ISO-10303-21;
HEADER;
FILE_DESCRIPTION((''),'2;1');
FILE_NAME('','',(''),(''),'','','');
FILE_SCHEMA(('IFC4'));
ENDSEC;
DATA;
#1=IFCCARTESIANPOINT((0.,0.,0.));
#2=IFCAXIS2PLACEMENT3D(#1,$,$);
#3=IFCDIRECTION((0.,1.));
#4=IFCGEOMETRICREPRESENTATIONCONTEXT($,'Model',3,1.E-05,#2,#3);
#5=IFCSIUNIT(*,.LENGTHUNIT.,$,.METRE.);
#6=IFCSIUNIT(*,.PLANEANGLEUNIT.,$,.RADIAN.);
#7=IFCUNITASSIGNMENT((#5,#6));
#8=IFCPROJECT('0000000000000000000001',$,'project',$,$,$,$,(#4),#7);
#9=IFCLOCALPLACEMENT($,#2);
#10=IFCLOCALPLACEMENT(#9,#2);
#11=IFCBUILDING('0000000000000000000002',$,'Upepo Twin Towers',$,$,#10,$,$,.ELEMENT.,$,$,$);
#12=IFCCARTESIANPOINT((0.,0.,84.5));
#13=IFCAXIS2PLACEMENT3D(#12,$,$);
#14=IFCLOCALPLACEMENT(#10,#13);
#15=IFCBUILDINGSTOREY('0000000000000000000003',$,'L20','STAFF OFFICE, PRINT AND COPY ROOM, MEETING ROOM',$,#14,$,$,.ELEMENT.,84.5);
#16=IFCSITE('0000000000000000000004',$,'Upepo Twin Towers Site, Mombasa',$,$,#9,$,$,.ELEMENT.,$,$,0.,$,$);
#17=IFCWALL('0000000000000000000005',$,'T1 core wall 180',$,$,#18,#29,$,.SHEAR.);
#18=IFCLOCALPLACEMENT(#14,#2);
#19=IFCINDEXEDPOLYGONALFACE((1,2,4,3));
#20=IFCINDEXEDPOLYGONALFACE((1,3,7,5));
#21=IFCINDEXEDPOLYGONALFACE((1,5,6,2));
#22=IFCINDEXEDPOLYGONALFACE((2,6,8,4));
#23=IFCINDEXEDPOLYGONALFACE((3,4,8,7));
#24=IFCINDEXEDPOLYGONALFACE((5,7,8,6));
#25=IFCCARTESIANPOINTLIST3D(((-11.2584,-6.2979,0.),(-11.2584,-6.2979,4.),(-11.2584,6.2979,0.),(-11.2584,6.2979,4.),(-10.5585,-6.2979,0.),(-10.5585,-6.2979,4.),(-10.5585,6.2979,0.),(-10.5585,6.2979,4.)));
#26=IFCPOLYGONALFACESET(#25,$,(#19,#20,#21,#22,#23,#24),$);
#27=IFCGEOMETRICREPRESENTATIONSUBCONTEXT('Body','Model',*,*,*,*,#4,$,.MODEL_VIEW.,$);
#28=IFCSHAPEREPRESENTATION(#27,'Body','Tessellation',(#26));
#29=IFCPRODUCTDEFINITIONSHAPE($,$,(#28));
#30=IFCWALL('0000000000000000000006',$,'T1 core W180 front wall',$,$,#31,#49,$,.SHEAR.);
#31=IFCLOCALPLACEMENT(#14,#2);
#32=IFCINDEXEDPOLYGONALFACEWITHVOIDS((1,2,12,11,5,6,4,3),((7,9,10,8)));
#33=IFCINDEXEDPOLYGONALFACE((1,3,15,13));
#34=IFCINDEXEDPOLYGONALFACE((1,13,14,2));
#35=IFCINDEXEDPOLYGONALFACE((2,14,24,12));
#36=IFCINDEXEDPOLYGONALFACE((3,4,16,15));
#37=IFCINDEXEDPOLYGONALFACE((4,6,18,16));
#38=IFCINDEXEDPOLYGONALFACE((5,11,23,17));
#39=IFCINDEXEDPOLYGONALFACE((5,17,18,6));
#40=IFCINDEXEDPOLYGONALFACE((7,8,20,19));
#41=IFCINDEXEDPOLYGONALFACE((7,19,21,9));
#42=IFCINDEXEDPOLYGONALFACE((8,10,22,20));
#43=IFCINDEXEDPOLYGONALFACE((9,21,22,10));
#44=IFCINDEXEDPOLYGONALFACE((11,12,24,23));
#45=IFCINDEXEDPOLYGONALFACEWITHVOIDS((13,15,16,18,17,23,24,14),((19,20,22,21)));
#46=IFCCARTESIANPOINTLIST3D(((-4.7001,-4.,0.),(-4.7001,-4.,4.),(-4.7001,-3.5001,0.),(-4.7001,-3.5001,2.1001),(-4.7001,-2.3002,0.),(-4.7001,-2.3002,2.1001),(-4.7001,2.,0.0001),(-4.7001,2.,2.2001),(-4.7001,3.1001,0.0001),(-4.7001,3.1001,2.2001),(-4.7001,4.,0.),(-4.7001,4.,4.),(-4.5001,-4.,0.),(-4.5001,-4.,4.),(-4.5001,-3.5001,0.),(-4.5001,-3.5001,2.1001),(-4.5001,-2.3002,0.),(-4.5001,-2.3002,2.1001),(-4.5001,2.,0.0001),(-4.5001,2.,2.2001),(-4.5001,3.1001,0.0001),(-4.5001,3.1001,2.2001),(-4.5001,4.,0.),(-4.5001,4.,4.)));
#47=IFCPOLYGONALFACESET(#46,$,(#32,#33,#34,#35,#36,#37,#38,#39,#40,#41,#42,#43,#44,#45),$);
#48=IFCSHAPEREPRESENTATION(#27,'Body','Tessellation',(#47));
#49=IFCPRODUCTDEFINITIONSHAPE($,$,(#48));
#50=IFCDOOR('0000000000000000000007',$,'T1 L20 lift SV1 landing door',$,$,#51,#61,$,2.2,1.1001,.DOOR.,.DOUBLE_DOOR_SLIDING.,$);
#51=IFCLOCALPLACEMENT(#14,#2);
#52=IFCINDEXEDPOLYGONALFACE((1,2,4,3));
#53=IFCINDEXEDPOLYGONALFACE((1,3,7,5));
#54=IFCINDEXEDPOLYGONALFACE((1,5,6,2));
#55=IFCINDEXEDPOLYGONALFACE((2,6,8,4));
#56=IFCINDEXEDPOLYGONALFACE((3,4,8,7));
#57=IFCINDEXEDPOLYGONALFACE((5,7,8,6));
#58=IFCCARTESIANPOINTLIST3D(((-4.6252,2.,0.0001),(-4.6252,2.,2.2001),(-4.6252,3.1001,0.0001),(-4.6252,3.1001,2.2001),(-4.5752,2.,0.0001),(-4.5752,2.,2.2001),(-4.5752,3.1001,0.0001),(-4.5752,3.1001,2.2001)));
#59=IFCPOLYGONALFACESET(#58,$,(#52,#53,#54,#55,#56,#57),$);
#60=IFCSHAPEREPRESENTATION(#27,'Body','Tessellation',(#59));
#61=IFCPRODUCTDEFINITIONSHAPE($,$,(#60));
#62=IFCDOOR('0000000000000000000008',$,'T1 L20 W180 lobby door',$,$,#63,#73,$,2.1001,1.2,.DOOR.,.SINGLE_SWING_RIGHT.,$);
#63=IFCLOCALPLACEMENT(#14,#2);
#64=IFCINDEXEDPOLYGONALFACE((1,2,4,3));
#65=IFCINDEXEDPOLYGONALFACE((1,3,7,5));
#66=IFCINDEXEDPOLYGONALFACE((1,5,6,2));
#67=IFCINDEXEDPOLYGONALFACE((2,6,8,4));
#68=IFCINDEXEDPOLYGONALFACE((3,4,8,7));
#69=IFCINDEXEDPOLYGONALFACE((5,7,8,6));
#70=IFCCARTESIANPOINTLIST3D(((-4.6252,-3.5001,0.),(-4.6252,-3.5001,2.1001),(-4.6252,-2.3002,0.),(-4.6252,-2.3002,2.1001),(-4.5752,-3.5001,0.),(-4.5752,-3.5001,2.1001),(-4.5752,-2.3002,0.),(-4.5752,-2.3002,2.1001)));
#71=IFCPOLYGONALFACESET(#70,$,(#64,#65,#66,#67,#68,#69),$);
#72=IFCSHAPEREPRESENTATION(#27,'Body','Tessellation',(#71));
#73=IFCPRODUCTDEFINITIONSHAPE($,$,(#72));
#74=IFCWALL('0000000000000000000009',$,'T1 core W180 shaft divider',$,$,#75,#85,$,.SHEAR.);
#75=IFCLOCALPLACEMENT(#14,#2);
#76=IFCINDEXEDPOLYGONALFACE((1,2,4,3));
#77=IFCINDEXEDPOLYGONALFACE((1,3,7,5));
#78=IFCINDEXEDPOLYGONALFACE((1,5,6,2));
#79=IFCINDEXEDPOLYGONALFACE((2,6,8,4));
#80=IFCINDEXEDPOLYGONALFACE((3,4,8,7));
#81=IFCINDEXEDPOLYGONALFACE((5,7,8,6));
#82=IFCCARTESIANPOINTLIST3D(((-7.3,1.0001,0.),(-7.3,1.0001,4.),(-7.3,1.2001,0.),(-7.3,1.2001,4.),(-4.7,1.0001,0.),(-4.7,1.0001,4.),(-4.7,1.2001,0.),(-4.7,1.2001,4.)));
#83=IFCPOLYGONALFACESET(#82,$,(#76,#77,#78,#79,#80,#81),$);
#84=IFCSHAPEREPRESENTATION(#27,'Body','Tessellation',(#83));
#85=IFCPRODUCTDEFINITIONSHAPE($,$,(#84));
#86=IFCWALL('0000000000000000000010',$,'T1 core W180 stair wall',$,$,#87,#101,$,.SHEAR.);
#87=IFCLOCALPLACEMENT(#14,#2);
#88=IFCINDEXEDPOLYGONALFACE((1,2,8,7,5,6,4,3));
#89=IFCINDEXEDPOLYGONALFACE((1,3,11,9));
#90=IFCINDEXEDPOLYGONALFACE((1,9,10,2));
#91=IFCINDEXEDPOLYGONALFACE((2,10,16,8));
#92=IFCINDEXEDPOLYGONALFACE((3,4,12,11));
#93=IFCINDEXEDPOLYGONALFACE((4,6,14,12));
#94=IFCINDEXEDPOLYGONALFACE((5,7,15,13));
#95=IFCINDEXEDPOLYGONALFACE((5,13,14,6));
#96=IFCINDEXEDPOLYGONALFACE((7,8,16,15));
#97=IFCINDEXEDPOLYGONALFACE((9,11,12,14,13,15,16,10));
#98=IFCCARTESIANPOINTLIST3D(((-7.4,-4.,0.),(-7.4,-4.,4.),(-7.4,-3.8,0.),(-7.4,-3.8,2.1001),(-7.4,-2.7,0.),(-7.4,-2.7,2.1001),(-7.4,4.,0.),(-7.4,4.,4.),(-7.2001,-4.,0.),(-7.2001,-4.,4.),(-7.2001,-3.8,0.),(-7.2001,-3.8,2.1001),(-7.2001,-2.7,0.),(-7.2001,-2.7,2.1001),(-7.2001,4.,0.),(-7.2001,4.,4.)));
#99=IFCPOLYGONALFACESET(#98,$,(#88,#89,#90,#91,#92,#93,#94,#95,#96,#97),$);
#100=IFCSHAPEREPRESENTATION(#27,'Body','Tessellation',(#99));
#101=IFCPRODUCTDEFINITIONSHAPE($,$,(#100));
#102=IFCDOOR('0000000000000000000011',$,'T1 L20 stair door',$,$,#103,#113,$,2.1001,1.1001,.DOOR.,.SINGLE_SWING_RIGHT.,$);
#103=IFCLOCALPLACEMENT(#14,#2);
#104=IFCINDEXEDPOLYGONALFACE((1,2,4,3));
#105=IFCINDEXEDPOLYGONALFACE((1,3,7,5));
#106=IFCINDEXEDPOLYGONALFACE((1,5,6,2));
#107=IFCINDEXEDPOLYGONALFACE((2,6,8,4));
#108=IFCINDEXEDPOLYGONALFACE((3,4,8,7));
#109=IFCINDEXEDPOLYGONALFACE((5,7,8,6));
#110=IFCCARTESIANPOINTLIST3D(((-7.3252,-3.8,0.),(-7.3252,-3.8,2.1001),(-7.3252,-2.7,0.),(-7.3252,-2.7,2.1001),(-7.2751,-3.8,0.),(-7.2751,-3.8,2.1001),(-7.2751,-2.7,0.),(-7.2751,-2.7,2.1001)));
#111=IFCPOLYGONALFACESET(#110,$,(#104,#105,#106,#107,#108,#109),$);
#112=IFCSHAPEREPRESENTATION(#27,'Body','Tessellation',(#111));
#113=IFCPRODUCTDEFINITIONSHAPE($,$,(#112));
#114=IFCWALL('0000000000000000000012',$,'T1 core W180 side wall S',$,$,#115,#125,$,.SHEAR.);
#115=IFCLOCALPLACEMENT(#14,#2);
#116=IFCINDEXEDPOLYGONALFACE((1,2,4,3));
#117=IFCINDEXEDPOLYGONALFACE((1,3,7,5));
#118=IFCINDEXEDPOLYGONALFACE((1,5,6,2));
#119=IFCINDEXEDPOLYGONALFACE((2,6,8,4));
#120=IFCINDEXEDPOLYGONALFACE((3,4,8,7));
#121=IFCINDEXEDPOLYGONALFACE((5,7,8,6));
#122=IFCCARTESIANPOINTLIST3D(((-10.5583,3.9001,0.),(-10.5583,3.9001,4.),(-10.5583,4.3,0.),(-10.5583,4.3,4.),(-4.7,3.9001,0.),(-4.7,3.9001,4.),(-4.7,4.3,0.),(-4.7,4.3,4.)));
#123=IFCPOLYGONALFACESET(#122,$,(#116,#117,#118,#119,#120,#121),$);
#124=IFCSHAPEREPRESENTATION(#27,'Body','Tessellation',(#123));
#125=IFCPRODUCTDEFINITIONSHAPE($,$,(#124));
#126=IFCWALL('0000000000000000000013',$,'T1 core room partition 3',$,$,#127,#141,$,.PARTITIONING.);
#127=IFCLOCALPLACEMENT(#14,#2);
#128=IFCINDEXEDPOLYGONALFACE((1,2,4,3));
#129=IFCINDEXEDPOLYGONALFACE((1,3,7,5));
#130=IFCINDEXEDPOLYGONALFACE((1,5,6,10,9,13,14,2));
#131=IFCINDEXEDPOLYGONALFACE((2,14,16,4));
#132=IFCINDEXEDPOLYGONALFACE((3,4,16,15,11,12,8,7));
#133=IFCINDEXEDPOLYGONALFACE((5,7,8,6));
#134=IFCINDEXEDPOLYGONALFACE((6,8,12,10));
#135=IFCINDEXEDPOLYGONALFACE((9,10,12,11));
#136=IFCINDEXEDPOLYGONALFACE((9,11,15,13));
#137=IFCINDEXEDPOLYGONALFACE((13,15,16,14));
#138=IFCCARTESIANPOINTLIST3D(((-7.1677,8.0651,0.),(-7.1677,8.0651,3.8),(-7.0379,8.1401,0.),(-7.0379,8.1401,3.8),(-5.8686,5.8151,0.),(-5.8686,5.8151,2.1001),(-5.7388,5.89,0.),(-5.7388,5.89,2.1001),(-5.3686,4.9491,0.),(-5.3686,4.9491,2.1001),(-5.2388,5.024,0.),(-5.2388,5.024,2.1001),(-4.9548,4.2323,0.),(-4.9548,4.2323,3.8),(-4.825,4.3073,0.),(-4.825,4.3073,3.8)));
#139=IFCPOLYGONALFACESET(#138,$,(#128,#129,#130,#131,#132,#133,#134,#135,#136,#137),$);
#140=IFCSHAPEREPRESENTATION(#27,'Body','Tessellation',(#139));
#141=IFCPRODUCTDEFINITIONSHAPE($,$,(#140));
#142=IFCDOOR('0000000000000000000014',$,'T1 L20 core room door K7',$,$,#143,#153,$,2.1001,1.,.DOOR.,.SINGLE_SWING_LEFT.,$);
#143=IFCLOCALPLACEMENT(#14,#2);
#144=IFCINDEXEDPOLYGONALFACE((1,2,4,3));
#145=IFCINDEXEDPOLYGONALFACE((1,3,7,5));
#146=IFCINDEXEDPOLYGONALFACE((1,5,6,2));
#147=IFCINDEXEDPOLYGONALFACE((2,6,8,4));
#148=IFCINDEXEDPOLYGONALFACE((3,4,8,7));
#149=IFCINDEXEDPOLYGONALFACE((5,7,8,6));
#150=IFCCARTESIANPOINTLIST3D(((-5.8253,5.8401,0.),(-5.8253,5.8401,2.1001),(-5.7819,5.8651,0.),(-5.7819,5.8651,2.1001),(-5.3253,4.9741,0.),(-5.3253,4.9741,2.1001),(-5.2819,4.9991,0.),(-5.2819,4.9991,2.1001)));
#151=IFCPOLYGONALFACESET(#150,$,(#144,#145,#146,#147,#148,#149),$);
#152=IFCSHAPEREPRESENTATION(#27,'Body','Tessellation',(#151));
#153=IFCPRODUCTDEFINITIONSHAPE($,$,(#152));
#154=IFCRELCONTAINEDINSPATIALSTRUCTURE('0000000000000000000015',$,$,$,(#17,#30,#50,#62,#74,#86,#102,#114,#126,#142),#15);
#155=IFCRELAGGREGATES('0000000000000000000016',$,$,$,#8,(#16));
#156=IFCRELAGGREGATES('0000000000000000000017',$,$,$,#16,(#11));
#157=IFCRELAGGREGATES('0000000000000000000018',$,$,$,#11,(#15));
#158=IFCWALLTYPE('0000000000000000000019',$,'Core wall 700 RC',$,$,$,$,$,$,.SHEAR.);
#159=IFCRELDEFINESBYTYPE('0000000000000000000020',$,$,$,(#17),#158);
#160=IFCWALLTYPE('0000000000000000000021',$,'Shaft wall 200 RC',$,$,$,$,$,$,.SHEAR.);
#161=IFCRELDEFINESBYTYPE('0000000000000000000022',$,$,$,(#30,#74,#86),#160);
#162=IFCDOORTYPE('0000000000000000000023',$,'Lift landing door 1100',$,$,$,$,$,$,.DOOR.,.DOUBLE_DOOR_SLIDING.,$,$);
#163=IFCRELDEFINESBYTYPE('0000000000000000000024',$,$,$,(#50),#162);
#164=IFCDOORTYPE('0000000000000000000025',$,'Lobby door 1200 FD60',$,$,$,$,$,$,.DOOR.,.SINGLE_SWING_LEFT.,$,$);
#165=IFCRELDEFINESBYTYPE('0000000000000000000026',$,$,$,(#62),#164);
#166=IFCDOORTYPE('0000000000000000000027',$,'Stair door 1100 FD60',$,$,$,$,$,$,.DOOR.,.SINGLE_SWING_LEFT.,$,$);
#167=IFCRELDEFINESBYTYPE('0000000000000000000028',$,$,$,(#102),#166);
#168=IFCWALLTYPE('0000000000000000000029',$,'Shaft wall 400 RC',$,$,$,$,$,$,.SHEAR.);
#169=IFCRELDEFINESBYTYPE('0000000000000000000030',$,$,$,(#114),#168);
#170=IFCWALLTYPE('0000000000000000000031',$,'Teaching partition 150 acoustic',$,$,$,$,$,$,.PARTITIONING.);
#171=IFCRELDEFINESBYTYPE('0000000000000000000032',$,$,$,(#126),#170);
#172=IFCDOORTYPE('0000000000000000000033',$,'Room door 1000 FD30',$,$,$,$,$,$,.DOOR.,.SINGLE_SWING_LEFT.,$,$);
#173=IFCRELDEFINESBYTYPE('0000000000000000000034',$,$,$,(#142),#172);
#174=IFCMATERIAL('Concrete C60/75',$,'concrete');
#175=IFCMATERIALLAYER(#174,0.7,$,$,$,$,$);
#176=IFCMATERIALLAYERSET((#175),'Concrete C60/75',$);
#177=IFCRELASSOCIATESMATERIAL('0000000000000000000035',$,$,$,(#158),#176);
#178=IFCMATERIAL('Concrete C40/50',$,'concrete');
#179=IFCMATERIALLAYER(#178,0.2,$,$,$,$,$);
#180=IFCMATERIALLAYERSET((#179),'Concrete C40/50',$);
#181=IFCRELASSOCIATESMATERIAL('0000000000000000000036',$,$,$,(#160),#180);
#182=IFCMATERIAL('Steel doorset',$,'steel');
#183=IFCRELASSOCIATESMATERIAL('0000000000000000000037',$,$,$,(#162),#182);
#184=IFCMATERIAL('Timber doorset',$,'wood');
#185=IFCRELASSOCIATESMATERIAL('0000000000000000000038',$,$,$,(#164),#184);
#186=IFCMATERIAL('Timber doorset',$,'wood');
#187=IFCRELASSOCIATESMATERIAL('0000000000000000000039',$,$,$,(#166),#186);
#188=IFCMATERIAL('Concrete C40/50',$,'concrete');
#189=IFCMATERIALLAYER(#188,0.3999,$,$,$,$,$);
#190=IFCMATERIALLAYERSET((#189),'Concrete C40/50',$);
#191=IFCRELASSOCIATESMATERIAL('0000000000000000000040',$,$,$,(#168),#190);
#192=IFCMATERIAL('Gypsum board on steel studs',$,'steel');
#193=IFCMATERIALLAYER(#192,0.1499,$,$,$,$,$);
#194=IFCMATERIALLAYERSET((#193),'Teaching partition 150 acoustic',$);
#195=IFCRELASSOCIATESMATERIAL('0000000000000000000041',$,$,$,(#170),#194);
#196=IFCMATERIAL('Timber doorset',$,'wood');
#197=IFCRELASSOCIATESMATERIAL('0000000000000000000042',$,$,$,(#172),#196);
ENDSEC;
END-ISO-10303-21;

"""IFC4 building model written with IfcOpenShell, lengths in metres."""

from ifc_helpers import new_model, si_unit, direction, frame, frame_2d, origin, place, context, subcontext, project, spatial, rectangle, extrude, material, layer, layer_set, type_object, element, fill, save


model = new_model("IFC4")

# Units and contexts
model_context = context("Model", 3, precision=1e-05, world=origin(), true_north=direction((0.0, 1.0)))
body_context = subcontext(model_context, "Body", "Model", "MODEL_VIEW")
ifc_project = project(units=[si_unit("LENGTHUNIT", "METRE"), si_unit("PLANEANGLEUNIT", "RADIAN")], contexts=[model_context])

# Site, building, storey
site_placement = place(None, origin())
site = spatial("IfcSite", under=ifc_project, at=site_placement, Name="Upepo Twin Towers Site, Mombasa", CompositionType="ELEMENT", RefElevation=0.0)
building_placement = place(site_placement, origin())
building = spatial("IfcBuilding", under=site, at=building_placement, Name="Upepo Twin Towers", CompositionType="ELEMENT")
storey_placement = place(building_placement, frame((0.0, 0.0, 84.5)))
storey = spatial("IfcBuildingStorey", under=building, at=storey_placement, Name="L20", Description="STAFF OFFICE, PRINT AND COPY ROOM, MEETING ROOM", CompositionType="ELEMENT", Elevation=84.5)

# Wall
ifc_material_1 = material(Name="Concrete C60/75", Category="concrete")
ifc_layer_1 = layer(ifc_material_1, 0.7)
ifc_layer_set_1 = layer_set([ifc_layer_1], Name="Concrete C60/75")
wall_type_1 = type_object("IfcWallType", Name="Core wall 700 RC", PredefinedType="SHEAR", material=ifc_layer_set_1)
wall_1_placement = place(storey_placement, frame((-10.9084, 6.2979, 0.0), z_axis=(0.0, 0.0, 1.0), x_axis=(0.0, -1.0, 0.0)))
element("IfcWall", 1, at=wall_1_placement, inside=storey, type_object=wall_type_1, Name="T1 core wall 180", PredefinedType="SHEAR", context=body_context, shape_type="SweptSolid", body=[
    extrude(rectangle(XDim=12.5957, YDim=0.7, at=frame_2d((6.2979, 0.0))), origin(), (0.0, 0.0, 1.0), 4.0),
])

# Wall, openings, doors
ifc_material_2 = material(Name="Concrete C40/50", Category="concrete")
ifc_layer_2 = layer(ifc_material_2, 0.2)
ifc_layer_set_2 = layer_set([ifc_layer_2], Name="Concrete C40/50")
wall_type_2 = type_object("IfcWallType", Name="Shaft wall 200 RC", PredefinedType="SHEAR", material=ifc_layer_set_2)
wall_2_placement = place(storey_placement, frame((-4.6001, 4.0, 0.0), z_axis=(0.0, 0.0, 1.0), x_axis=(0.0, -1.0, 0.0)))
wall_2 = element("IfcWall", 2, at=wall_2_placement, inside=storey, type_object=wall_type_2, Name="T1 core W180 front wall", PredefinedType="SHEAR", context=body_context, shape_type="SweptSolid", body=[
    extrude(rectangle(XDim=8.0, YDim=0.2, at=frame_2d((4.0, 0.0))), origin(), (0.0, 0.0, 1.0), 4.0),
])
opening_1_placement = place(wall_2_placement, frame((6.3, 0.0, 0.0)))
opening_1 = element("IfcOpeningElement", 3, at=opening_1_placement, cuts=wall_2, PredefinedType="OPENING", context=body_context, shape_type="SweptSolid", body=[
    extrude(rectangle(XDim=1.2, YDim=2.1001, at=frame_2d((0.6001, 1.05))), frame((0.0, 0.1099, 0.0), z_axis=(0.0, -1.0, 0.0), x_axis=(1.0, 0.0, 0.0)), (0.0, 0.0, 1.0), 0.22),
])
opening_2_placement = place(wall_2_placement, frame((0.8999, 0.0, 0.0)))
opening_2 = element("IfcOpeningElement", 4, at=opening_2_placement, cuts=wall_2, PredefinedType="OPENING", context=body_context, shape_type="SweptSolid", body=[
    extrude(rectangle(XDim=1.1001, YDim=2.2, at=frame_2d((0.55, 1.1001))), frame((0.0, 0.1099, 0.0), z_axis=(0.0, -1.0, 0.0), x_axis=(1.0, 0.0, 0.0)), (0.0, 0.0, 1.0), 0.22),
])
ifc_material_3 = material(Name="Steel doorset", Category="steel")
door_type_1 = type_object("IfcDoorType", Name="Lift landing door 1100", OperationType="DOUBLE_DOOR_SLIDING", PredefinedType="DOOR", material=ifc_material_3)
door_1_placement = place(opening_2_placement, origin())
door_1 = element("IfcDoor", 5, at=door_1_placement, inside=storey, type_object=door_type_1, Name="T1 L20 lift SV1 landing door", OperationType="DOUBLE_DOOR_SLIDING", OverallHeight=2.2, OverallWidth=1.1001, PredefinedType="DOOR", context=body_context, shape_type="SweptSolid", body=[
    extrude(rectangle(XDim=1.1001, YDim=2.2, at=frame_2d((0.55, 1.1001))), frame((0.0, 0.0249, 0.0), z_axis=(0.0, -1.0, 0.0), x_axis=(1.0, 0.0, 0.0)), (0.0, 0.0, 1.0), 0.05),
])
fill(opening_2, door_1)
ifc_material_4 = material(Name="Timber doorset", Category="wood")
door_type_2 = type_object("IfcDoorType", Name="Lobby door 1200 FD60", OperationType="SINGLE_SWING_LEFT", PredefinedType="DOOR", material=ifc_material_4)
door_2_placement = place(opening_1_placement, origin())
door_2 = element("IfcDoor", 6, at=door_2_placement, inside=storey, type_object=door_type_2, Name="T1 L20 W180 lobby door", OperationType="SINGLE_SWING_RIGHT", OverallHeight=2.1001, OverallWidth=1.2, PredefinedType="DOOR", context=body_context, shape_type="SweptSolid", body=[
    extrude(rectangle(XDim=1.2, YDim=2.1001, at=frame_2d((0.6001, 1.05))), frame((0.0, 0.0249, 0.0), z_axis=(0.0, -1.0, 0.0), x_axis=(1.0, 0.0, 0.0)), (0.0, 0.0, 1.0), 0.05),
])
fill(opening_1, door_2)

# Wall
wall_3_placement = place(storey_placement, frame((-4.7, 1.1001, 0.0), z_axis=(0.0, 0.0, 1.0), x_axis=(-1.0, 0.0, 0.0)))
element("IfcWall", 7, at=wall_3_placement, inside=storey, type_object=wall_type_2, Name="T1 core W180 shaft divider", PredefinedType="SHEAR", context=body_context, shape_type="SweptSolid", body=[
    extrude(rectangle(XDim=2.6001, YDim=0.2, at=frame_2d((1.3, 0.0))), origin(), (0.0, 0.0, 1.0), 4.0),
])

# Wall, opening, door
wall_4_placement = place(storey_placement, frame((-7.3, 4.0, 0.0), z_axis=(0.0, 0.0, 1.0), x_axis=(0.0, -1.0, 0.0)))
wall_4 = element("IfcWall", 8, at=wall_4_placement, inside=storey, type_object=wall_type_2, Name="T1 core W180 stair wall", PredefinedType="SHEAR", context=body_context, shape_type="SweptSolid", body=[
    extrude(rectangle(XDim=8.0, YDim=0.2, at=frame_2d((4.0, 0.0))), origin(), (0.0, 0.0, 1.0), 4.0),
])
opening_3_placement = place(wall_4_placement, frame((6.7, 0.0, 0.0)))
opening_3 = element("IfcOpeningElement", 9, at=opening_3_placement, cuts=wall_4, PredefinedType="OPENING", context=body_context, shape_type="SweptSolid", body=[
    extrude(rectangle(XDim=1.1001, YDim=2.1001, at=frame_2d((0.55, 1.05))), frame((0.0, 0.1099, 0.0), z_axis=(0.0, -1.0, 0.0), x_axis=(1.0, 0.0, 0.0)), (0.0, 0.0, 1.0), 0.22),
])
ifc_material_5 = material(Name="Timber doorset", Category="wood")
door_type_3 = type_object("IfcDoorType", Name="Stair door 1100 FD60", OperationType="SINGLE_SWING_LEFT", PredefinedType="DOOR", material=ifc_material_5)
door_3_placement = place(opening_3_placement, origin())
door_3 = element("IfcDoor", 10, at=door_3_placement, inside=storey, type_object=door_type_3, Name="T1 L20 stair door", OperationType="SINGLE_SWING_RIGHT", OverallHeight=2.1001, OverallWidth=1.1001, PredefinedType="DOOR", context=body_context, shape_type="SweptSolid", body=[
    extrude(rectangle(XDim=1.1001, YDim=2.1001, at=frame_2d((0.55, 1.05))), frame((0.0, 0.0249, 0.0), z_axis=(0.0, -1.0, 0.0), x_axis=(1.0, 0.0, 0.0)), (0.0, 0.0, 1.0), 0.05),
])
fill(opening_3, door_3)

# Wall
ifc_material_6 = material(Name="Concrete C40/50", Category="concrete")
ifc_layer_3 = layer(ifc_material_6, 0.3999)
ifc_layer_set_3 = layer_set([ifc_layer_3], Name="Concrete C40/50")
wall_type_3 = type_object("IfcWallType", Name="Shaft wall 400 RC", PredefinedType="SHEAR", material=ifc_layer_set_3)
wall_5_placement = place(storey_placement, frame((-4.7, 4.1001, 0.0), z_axis=(0.0, 0.0, 1.0), x_axis=(-1.0, 0.0, 0.0)))
element("IfcWall", 11, at=wall_5_placement, inside=storey, type_object=wall_type_3, Name="T1 core W180 side wall S", PredefinedType="SHEAR", context=body_context, shape_type="SweptSolid", body=[
    extrude(rectangle(XDim=5.8584, YDim=0.3999, at=frame_2d((2.9292, 0.0))), origin(), (0.0, 0.0, 1.0), 4.0),
])

# Wall, opening, door
ifc_material_7 = material(Name="Gypsum board on steel studs", Category="steel")
ifc_layer_4 = layer(ifc_material_7, 0.1499)
ifc_layer_set_4 = layer_set([ifc_layer_4], Name="Teaching partition 150 acoustic")
wall_type_4 = type_object("IfcWallType", Name="Teaching partition 150 acoustic", PredefinedType="PARTITIONING", material=ifc_layer_set_4)
wall_6_placement = place(storey_placement, frame((-4.8899, 4.2698, 0.0), z_axis=(0.0, 0.0, 1.0), x_axis=(-0.500007, 0.866021, 0.0)))
wall_6 = element("IfcWall", 12, at=wall_6_placement, inside=storey, type_object=wall_type_4, Name="T1 core room partition 3", PredefinedType="PARTITIONING", context=body_context, shape_type="SweptSolid", body=[
    extrude(rectangle(XDim=4.4258, YDim=0.1499, at=frame_2d((2.2129, 0.0))), origin(), (0.0, 0.0, 1.0), 3.8),
])
opening_4_placement = place(wall_6_placement, frame((0.8276, 0.0, 0.0)))
opening_4 = element("IfcOpeningElement", 13, at=opening_4_placement, cuts=wall_6, PredefinedType="OPENING", context=body_context, shape_type="SweptSolid", body=[
    extrude(rectangle(XDim=1.0, YDim=2.1001, at=frame_2d((0.5, 1.05))), frame((0.0, 0.085, 0.0), z_axis=(0.0, -1.0, 0.0), x_axis=(1.0, 0.0, 0.0)), (0.0, 0.0, 1.0), 0.1699),
])
ifc_material_8 = material(Name="Timber doorset", Category="wood")
door_type_4 = type_object("IfcDoorType", Name="Room door 1000 FD30", OperationType="SINGLE_SWING_LEFT", PredefinedType="DOOR", material=ifc_material_8)
door_4_placement = place(opening_4_placement, origin())
door_4 = element("IfcDoor", 14, at=door_4_placement, inside=storey, type_object=door_type_4, Name="T1 L20 core room door K7", OperationType="SINGLE_SWING_LEFT", OverallHeight=2.1001, OverallWidth=1.0, PredefinedType="DOOR", context=body_context, shape_type="SweptSolid", body=[
    extrude(rectangle(XDim=1.0, YDim=2.1001, at=frame_2d((0.5, 1.05))), frame((0.0, 0.0249, 0.0), z_axis=(0.0, -1.0, 0.0), x_axis=(1.0, 0.0, 0.0)), (0.0, 0.0, 1.0), 0.05),
])
fill(opening_4, door_4)

save(model, "model.ifc")
